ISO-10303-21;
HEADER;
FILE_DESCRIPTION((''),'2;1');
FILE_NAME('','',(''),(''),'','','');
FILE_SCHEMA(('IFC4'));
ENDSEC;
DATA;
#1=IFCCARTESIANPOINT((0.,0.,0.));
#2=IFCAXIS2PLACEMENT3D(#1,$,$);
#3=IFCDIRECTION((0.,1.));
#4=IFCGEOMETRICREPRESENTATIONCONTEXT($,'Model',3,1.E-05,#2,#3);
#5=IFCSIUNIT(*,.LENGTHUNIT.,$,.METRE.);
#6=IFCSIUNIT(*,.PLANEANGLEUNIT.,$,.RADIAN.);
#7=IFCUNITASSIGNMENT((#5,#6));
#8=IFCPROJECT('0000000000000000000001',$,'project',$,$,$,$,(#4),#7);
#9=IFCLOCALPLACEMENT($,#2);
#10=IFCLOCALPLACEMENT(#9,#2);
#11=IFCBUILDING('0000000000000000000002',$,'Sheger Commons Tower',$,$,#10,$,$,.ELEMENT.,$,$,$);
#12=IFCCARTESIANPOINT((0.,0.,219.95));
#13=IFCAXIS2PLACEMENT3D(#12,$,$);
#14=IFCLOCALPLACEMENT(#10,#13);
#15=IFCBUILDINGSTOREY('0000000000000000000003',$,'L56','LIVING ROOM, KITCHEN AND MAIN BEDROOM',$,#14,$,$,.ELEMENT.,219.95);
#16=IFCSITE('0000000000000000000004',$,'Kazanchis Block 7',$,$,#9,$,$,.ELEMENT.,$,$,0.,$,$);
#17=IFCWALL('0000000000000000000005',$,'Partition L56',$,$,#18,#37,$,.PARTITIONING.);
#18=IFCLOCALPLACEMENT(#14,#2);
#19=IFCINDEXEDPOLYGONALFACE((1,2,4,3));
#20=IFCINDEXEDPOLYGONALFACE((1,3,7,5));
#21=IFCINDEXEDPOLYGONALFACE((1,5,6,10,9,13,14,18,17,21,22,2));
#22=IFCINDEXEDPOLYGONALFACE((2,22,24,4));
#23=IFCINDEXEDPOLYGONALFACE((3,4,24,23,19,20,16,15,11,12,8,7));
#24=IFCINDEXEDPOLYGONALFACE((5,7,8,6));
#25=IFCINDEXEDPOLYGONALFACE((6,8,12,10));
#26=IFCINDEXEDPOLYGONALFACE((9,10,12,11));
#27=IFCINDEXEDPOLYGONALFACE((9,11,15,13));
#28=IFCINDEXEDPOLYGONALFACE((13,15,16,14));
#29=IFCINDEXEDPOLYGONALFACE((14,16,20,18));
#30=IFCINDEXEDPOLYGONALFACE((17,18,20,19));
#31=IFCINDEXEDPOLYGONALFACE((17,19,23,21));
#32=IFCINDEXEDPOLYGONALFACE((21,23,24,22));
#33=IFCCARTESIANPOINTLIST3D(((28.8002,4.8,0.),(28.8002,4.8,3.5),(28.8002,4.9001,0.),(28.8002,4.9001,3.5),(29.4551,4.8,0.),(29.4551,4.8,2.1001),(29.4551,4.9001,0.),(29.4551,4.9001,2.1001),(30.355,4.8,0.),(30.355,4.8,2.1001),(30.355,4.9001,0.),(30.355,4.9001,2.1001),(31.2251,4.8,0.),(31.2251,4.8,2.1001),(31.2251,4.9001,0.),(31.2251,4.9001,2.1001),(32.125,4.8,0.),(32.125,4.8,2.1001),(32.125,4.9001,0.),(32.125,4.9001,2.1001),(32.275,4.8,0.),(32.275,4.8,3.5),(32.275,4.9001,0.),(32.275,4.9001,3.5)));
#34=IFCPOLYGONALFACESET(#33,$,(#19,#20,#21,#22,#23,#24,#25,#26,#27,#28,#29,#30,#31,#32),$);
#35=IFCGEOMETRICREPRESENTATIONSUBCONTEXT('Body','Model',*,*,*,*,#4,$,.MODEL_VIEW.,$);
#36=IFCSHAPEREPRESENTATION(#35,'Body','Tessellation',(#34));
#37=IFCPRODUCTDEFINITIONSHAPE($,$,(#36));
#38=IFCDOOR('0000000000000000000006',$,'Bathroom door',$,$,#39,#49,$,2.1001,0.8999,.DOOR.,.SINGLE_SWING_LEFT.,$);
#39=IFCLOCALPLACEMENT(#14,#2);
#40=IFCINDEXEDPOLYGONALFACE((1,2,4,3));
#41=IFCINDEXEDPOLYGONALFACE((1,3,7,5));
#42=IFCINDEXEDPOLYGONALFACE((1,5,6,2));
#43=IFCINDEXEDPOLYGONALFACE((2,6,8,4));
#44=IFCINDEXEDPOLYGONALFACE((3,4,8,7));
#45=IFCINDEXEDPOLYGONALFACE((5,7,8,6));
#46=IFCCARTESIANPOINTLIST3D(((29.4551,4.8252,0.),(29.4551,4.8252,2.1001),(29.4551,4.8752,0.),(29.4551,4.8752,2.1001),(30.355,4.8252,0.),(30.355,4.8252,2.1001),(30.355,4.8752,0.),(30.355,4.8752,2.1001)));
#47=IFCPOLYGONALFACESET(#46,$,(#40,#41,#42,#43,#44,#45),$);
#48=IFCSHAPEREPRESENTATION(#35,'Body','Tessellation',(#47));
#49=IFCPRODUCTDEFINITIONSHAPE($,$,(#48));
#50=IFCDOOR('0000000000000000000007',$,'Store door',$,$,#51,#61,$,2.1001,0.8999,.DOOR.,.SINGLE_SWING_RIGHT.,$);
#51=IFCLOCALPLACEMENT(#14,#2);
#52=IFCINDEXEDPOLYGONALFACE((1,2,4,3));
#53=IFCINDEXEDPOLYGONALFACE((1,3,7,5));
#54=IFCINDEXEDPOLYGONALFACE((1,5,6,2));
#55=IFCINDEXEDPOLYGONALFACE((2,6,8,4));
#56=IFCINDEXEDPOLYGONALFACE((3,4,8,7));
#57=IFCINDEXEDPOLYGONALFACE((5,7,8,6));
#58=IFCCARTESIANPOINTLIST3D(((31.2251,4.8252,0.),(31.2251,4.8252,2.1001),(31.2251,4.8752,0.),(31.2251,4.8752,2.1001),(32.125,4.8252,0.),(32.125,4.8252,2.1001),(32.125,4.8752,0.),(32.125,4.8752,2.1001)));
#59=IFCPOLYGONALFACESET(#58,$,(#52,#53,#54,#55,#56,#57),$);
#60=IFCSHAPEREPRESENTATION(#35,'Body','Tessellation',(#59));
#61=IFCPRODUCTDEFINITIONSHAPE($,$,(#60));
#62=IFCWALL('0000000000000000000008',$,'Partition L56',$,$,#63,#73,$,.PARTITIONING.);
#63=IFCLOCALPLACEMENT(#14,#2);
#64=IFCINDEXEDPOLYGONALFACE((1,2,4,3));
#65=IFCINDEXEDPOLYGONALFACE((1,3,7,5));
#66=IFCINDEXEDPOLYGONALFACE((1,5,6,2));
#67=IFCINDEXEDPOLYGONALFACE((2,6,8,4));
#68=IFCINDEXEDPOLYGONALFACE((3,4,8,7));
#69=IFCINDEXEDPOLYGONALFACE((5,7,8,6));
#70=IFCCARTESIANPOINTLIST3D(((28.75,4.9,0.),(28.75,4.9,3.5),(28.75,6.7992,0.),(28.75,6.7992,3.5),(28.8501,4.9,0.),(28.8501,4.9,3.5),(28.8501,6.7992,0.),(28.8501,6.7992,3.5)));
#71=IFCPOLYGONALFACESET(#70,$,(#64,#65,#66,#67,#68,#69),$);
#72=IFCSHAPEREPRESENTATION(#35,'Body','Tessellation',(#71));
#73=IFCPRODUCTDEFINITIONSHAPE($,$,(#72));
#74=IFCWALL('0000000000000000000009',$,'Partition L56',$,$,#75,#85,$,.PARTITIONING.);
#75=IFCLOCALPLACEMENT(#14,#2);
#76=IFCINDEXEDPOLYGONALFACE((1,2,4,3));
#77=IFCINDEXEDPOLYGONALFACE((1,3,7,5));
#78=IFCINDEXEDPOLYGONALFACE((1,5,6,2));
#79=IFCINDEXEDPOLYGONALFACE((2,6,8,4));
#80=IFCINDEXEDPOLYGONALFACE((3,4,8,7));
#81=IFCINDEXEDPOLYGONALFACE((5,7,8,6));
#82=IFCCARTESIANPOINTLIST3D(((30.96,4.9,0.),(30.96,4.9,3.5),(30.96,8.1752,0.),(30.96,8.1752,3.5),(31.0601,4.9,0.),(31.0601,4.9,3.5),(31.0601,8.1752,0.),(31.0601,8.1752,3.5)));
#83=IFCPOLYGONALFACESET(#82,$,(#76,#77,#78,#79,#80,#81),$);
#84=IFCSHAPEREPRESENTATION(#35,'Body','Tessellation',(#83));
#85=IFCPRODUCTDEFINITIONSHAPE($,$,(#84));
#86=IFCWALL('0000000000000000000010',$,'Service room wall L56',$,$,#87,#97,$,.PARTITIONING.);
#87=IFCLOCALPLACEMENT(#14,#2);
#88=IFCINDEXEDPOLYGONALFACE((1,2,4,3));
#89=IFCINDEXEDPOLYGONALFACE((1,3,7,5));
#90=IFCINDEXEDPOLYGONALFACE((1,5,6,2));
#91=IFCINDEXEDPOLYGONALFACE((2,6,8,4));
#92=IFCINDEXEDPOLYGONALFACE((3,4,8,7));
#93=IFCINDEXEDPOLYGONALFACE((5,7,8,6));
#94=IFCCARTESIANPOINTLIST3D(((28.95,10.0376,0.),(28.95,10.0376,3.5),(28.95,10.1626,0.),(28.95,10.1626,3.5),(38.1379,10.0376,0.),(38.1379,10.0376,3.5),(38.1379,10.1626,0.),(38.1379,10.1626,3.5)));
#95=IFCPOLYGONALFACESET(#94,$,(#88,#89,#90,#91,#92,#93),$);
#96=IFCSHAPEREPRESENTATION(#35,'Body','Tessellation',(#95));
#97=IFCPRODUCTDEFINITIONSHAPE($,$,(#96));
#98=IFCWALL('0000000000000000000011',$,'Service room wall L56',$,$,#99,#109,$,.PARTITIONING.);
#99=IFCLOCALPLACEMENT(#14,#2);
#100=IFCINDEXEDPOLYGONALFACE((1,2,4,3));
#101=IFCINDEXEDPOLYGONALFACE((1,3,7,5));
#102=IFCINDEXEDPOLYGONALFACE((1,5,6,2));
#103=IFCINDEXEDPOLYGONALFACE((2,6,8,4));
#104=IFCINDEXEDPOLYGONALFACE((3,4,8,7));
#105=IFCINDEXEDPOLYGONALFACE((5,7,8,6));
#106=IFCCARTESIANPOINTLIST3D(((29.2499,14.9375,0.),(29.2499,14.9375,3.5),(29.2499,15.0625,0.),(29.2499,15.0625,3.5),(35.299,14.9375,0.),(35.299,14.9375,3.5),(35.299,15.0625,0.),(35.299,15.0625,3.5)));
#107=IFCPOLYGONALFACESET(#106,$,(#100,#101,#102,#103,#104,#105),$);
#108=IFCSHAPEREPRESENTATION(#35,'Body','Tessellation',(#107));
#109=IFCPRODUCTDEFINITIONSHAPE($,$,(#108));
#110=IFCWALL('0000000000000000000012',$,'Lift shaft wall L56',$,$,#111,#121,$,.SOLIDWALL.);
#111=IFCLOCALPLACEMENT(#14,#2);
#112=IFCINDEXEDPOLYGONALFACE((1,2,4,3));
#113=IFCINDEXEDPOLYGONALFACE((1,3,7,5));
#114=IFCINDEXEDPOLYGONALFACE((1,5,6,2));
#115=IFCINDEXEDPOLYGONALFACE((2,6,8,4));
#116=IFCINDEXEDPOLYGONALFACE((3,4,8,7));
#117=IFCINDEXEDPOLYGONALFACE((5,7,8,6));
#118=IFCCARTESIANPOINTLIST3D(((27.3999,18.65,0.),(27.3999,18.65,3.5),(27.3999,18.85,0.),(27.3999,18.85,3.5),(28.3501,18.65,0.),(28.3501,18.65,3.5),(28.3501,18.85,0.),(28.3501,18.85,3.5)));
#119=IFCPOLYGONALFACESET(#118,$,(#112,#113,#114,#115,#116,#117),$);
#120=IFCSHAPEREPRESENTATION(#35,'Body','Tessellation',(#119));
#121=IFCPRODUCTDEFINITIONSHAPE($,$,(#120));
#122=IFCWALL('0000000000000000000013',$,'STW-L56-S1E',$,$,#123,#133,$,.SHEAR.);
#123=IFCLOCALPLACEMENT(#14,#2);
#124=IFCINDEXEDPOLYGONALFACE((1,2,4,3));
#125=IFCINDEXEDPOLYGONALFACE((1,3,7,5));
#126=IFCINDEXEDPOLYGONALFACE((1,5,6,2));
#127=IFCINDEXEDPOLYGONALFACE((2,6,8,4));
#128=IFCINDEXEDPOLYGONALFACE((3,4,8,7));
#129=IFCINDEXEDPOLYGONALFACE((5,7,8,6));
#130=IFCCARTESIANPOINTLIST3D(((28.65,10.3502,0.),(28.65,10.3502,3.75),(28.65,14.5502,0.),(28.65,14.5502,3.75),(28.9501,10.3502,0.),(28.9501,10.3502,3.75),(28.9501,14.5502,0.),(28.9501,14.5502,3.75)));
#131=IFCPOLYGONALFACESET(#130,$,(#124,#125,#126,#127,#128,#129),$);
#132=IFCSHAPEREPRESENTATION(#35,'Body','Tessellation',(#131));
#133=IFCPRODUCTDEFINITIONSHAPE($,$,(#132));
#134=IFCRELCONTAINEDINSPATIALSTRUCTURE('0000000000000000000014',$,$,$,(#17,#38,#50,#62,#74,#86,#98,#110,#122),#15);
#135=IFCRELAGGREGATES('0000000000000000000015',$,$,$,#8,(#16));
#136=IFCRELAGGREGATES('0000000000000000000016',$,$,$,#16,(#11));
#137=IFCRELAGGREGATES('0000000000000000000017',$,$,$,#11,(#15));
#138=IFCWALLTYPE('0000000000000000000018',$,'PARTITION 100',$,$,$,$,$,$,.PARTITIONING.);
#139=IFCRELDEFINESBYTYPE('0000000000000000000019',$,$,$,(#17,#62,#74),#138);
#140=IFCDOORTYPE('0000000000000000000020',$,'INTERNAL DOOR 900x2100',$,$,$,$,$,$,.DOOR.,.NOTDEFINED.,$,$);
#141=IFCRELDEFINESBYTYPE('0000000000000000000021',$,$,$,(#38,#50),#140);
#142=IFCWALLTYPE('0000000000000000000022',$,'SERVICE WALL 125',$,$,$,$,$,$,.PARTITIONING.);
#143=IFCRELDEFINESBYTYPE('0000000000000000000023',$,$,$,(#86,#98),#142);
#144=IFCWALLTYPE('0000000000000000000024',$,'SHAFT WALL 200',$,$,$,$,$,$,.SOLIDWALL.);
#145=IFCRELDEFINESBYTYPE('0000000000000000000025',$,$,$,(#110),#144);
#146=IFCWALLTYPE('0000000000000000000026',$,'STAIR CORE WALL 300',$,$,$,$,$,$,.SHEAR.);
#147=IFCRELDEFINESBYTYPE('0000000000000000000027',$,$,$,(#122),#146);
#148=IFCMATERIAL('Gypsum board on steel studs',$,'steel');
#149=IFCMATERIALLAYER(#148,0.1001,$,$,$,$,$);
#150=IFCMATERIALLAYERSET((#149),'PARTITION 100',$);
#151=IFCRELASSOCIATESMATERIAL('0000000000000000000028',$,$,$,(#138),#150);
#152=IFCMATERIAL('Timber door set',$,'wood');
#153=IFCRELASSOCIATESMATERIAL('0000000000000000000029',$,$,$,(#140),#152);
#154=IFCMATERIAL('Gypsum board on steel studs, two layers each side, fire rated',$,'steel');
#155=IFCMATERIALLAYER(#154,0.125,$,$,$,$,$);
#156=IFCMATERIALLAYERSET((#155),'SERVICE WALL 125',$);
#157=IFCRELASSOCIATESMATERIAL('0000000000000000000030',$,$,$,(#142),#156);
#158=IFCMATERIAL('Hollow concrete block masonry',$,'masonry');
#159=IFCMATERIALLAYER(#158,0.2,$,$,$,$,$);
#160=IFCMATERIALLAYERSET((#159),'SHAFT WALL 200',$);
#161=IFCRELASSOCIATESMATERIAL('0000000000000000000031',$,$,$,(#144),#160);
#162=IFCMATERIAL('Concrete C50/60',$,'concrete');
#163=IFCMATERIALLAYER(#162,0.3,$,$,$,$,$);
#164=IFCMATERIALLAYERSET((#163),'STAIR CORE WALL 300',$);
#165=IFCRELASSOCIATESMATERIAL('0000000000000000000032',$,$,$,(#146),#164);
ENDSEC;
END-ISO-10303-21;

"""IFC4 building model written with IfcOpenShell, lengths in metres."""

from ifc_helpers import new_model, si_unit, direction, frame, frame_2d, origin, place, context, subcontext, project, spatial, rectangle, extrude, material, layer, layer_set, type_object, element, fill, save


model = new_model("IFC4")

# Units and contexts
model_context = context("Model", 3, precision=1e-05, world=origin(), true_north=direction((0.0, 1.0)))
body_context = subcontext(model_context, "Body", "Model", "MODEL_VIEW")
ifc_project = project(units=[si_unit("LENGTHUNIT", "METRE"), si_unit("PLANEANGLEUNIT", "RADIAN")], contexts=[model_context])

# Site, building, storey
site_placement = place(None, origin())
site = spatial("IfcSite", under=ifc_project, at=site_placement, Name="Kazanchis Block 7", CompositionType="ELEMENT", RefElevation=0.0)
building_placement = place(site_placement, origin())
building = spatial("IfcBuilding", under=site, at=building_placement, Name="Sheger Commons Tower", CompositionType="ELEMENT")
storey_placement = place(building_placement, frame((0.0, 0.0, 219.95)))
storey = spatial("IfcBuildingStorey", under=building, at=storey_placement, Name="L56", Description="LIVING ROOM, KITCHEN AND MAIN BEDROOM", CompositionType="ELEMENT", Elevation=219.95)

# Wall, openings, doors
ifc_material_1 = material(Name="Gypsum board on steel studs", Category="steel")
ifc_layer_1 = layer(ifc_material_1, 0.1001)
ifc_layer_set_1 = layer_set([ifc_layer_1], Name="PARTITION 100")
wall_type_1 = type_object("IfcWallType", Name="PARTITION 100", PredefinedType="PARTITIONING", material=ifc_layer_set_1)
wall_1_placement = place(storey_placement, frame((32.2749, 4.8501, 0.0), z_axis=(0.0, 0.0, 1.0), x_axis=(-1.0, 0.0, 0.0)))
wall_1 = element("IfcWall", 1, at=wall_1_placement, inside=storey, type_object=wall_type_1, Name="Partition L56", PredefinedType="PARTITIONING", context=body_context, shape_type="SweptSolid", body=[
    extrude(rectangle(XDim=3.4749, YDim=0.1001, at=frame_2d((1.7373, 0.0))), origin(), (0.0, 0.0, 1.0), 3.5),
])
opening_1_placement = place(wall_1_placement, frame((1.9199, 0.0, 0.0)))
opening_1 = element("IfcOpeningElement", 2, at=opening_1_placement, cuts=wall_1, PredefinedType="OPENING", context=body_context, shape_type="SweptSolid", body=[
    extrude(rectangle(XDim=0.8999, YDim=2.1001, at=frame_2d((0.45, 1.05))), frame((0.0, 0.0601, 0.0), z_axis=(0.0, -1.0, 0.0), x_axis=(1.0, 0.0, 0.0)), (0.0, 0.0, 1.0), 0.1201),
])
opening_2_placement = place(wall_1_placement, frame((0.1499, 0.0, 0.0)))
opening_2 = element("IfcOpeningElement", 3, at=opening_2_placement, cuts=wall_1, PredefinedType="OPENING", context=body_context, shape_type="SweptSolid", body=[
    extrude(rectangle(XDim=0.8999, YDim=2.1001, at=frame_2d((0.45, 1.05))), frame((0.0, 0.0601, 0.0), z_axis=(0.0, -1.0, 0.0), x_axis=(1.0, 0.0, 0.0)), (0.0, 0.0, 1.0), 0.1201),
])
ifc_material_2 = material(Name="Timber door set", Category="wood")
door_type_1 = type_object("IfcDoorType", Name="INTERNAL DOOR 900x2100", OperationType="NOTDEFINED", PredefinedType="DOOR", material=ifc_material_2)
door_1_placement = place(opening_1_placement, origin())
door_1 = element("IfcDoor", 4, at=door_1_placement, inside=storey, type_object=door_type_1, Name="Bathroom door", OperationType="SINGLE_SWING_LEFT", OverallHeight=2.1001, OverallWidth=0.8999, PredefinedType="DOOR", context=body_context, shape_type="SweptSolid", body=[
    extrude(rectangle(XDim=0.8999, YDim=2.1001, at=frame_2d((0.45, 1.05))), frame((0.0, 0.0249, 0.0), z_axis=(0.0, -1.0, 0.0), x_axis=(1.0, 0.0, 0.0)), (0.0, 0.0, 1.0), 0.05),
])
fill(opening_1, door_1)
door_2_placement = place(opening_2_placement, origin())
door_2 = element("IfcDoor", 5, at=door_2_placement, inside=storey, type_object=door_type_1, Name="Store door", OperationType="SINGLE_SWING_RIGHT", OverallHeight=2.1001, OverallWidth=0.8999, PredefinedType="DOOR", context=body_context, shape_type="SweptSolid", body=[
    extrude(rectangle(XDim=0.8999, YDim=2.1001, at=frame_2d((0.45, 1.05))), frame((0.0, 0.0249, 0.0), z_axis=(0.0, -1.0, 0.0), x_axis=(1.0, 0.0, 0.0)), (0.0, 0.0, 1.0), 0.05),
])
fill(opening_2, door_2)

# Walls
wall_2_placement = place(storey_placement, frame((28.8, 4.8999, 0.0), z_axis=(0.0, 0.0, 1.0), x_axis=(0.0, 1.0, 0.0)))
element("IfcWall", 6, at=wall_2_placement, inside=storey, type_object=wall_type_1, Name="Partition L56", PredefinedType="PARTITIONING", context=body_context, shape_type="SweptSolid", body=[
    extrude(rectangle(XDim=1.8992, YDim=0.1001, at=frame_2d((0.9497, 0.0))), origin(), (0.0, 0.0, 1.0), 3.5),
])
wall_3_placement = place(storey_placement, frame((31.01, 4.8999, 0.0), z_axis=(0.0, 0.0, 1.0), x_axis=(0.0, 1.0, 0.0)))
element("IfcWall", 7, at=wall_3_placement, inside=storey, type_object=wall_type_1, Name="Partition L56", PredefinedType="PARTITIONING", context=body_context, shape_type="SweptSolid", body=[
    extrude(rectangle(XDim=3.2751, YDim=0.1001, at=frame_2d((1.6377, 0.0))), origin(), (0.0, 0.0, 1.0), 3.5),
])
ifc_material_3 = material(Name="Gypsum board on steel studs, two layers each side, fire rated", Category="steel")
ifc_layer_2 = layer(ifc_material_3, 0.125)
ifc_layer_set_2 = layer_set([ifc_layer_2], Name="SERVICE WALL 125")
wall_type_2 = type_object("IfcWallType", Name="SERVICE WALL 125", PredefinedType="PARTITIONING", material=ifc_layer_set_2)
wall_4_placement = place(storey_placement, frame((28.95, 10.1001, 0.0), z_axis=(0.0, 0.0, 1.0), x_axis=(1.0, 0.0, 0.0)))
element("IfcWall", 8, at=wall_4_placement, inside=storey, type_object=wall_type_2, Name="Service room wall L56", PredefinedType="PARTITIONING", context=body_context, shape_type="SweptSolid", body=[
    extrude(rectangle(XDim=9.188, YDim=0.125, at=frame_2d((4.594, 0.0))), origin(), (0.0, 0.0, 1.0), 3.5),
])
wall_5_placement = place(storey_placement, frame((29.25, 15.0, 0.0), z_axis=(0.0, 0.0, 1.0), x_axis=(1.0, 0.0, 0.0)))
element("IfcWall", 9, at=wall_5_placement, inside=storey, type_object=wall_type_2, Name="Service room wall L56", PredefinedType="PARTITIONING", context=body_context, shape_type="SweptSolid", body=[
    extrude(rectangle(XDim=6.0491, YDim=0.125, at=frame_2d((3.0244, 0.0))), origin(), (0.0, 0.0, 1.0), 3.5),
])
ifc_material_4 = material(Name="Hollow concrete block masonry", Category="masonry")
ifc_layer_3 = layer(ifc_material_4, 0.2)
ifc_layer_set_3 = layer_set([ifc_layer_3], Name="SHAFT WALL 200")
wall_type_3 = type_object("IfcWallType", Name="SHAFT WALL 200", PredefinedType="SOLIDWALL", material=ifc_layer_set_3)
wall_6_placement = place(storey_placement, frame((27.3999, 18.75, 0.0), z_axis=(0.0, 0.0, 1.0), x_axis=(1.0, 0.0, 0.0)))
element("IfcWall", 10, at=wall_6_placement, inside=storey, type_object=wall_type_3, Name="Lift shaft wall L56", PredefinedType="SOLIDWALL", context=body_context, shape_type="SweptSolid", body=[
    extrude(rectangle(XDim=0.9502, YDim=0.2, at=frame_2d((0.4751, 0.0))), origin(), (0.0, 0.0, 1.0), 3.5),
])
ifc_material_5 = material(Name="Concrete C50/60", Category="concrete")
ifc_layer_4 = layer(ifc_material_5, 0.3)
ifc_layer_set_4 = layer_set([ifc_layer_4], Name="STAIR CORE WALL 300")
wall_type_4 = type_object("IfcWallType", Name="STAIR CORE WALL 300", PredefinedType="SHEAR", material=ifc_layer_set_4)
wall_7_placement = place(storey_placement, frame((28.8, 10.3501, 0.0), z_axis=(0.0, 0.0, 1.0), x_axis=(0.0, 1.0, 0.0)))
element("IfcWall", 11, at=wall_7_placement, inside=storey, type_object=wall_type_4, Name="STW-L56-S1E", PredefinedType="SHEAR", context=body_context, shape_type="SweptSolid", body=[
    extrude(rectangle(XDim=4.2, YDim=0.3, at=frame_2d((2.1001, 0.0))), origin(), (0.0, 0.0, 1.0), 3.75),
])

save(model, "model.ifc")
